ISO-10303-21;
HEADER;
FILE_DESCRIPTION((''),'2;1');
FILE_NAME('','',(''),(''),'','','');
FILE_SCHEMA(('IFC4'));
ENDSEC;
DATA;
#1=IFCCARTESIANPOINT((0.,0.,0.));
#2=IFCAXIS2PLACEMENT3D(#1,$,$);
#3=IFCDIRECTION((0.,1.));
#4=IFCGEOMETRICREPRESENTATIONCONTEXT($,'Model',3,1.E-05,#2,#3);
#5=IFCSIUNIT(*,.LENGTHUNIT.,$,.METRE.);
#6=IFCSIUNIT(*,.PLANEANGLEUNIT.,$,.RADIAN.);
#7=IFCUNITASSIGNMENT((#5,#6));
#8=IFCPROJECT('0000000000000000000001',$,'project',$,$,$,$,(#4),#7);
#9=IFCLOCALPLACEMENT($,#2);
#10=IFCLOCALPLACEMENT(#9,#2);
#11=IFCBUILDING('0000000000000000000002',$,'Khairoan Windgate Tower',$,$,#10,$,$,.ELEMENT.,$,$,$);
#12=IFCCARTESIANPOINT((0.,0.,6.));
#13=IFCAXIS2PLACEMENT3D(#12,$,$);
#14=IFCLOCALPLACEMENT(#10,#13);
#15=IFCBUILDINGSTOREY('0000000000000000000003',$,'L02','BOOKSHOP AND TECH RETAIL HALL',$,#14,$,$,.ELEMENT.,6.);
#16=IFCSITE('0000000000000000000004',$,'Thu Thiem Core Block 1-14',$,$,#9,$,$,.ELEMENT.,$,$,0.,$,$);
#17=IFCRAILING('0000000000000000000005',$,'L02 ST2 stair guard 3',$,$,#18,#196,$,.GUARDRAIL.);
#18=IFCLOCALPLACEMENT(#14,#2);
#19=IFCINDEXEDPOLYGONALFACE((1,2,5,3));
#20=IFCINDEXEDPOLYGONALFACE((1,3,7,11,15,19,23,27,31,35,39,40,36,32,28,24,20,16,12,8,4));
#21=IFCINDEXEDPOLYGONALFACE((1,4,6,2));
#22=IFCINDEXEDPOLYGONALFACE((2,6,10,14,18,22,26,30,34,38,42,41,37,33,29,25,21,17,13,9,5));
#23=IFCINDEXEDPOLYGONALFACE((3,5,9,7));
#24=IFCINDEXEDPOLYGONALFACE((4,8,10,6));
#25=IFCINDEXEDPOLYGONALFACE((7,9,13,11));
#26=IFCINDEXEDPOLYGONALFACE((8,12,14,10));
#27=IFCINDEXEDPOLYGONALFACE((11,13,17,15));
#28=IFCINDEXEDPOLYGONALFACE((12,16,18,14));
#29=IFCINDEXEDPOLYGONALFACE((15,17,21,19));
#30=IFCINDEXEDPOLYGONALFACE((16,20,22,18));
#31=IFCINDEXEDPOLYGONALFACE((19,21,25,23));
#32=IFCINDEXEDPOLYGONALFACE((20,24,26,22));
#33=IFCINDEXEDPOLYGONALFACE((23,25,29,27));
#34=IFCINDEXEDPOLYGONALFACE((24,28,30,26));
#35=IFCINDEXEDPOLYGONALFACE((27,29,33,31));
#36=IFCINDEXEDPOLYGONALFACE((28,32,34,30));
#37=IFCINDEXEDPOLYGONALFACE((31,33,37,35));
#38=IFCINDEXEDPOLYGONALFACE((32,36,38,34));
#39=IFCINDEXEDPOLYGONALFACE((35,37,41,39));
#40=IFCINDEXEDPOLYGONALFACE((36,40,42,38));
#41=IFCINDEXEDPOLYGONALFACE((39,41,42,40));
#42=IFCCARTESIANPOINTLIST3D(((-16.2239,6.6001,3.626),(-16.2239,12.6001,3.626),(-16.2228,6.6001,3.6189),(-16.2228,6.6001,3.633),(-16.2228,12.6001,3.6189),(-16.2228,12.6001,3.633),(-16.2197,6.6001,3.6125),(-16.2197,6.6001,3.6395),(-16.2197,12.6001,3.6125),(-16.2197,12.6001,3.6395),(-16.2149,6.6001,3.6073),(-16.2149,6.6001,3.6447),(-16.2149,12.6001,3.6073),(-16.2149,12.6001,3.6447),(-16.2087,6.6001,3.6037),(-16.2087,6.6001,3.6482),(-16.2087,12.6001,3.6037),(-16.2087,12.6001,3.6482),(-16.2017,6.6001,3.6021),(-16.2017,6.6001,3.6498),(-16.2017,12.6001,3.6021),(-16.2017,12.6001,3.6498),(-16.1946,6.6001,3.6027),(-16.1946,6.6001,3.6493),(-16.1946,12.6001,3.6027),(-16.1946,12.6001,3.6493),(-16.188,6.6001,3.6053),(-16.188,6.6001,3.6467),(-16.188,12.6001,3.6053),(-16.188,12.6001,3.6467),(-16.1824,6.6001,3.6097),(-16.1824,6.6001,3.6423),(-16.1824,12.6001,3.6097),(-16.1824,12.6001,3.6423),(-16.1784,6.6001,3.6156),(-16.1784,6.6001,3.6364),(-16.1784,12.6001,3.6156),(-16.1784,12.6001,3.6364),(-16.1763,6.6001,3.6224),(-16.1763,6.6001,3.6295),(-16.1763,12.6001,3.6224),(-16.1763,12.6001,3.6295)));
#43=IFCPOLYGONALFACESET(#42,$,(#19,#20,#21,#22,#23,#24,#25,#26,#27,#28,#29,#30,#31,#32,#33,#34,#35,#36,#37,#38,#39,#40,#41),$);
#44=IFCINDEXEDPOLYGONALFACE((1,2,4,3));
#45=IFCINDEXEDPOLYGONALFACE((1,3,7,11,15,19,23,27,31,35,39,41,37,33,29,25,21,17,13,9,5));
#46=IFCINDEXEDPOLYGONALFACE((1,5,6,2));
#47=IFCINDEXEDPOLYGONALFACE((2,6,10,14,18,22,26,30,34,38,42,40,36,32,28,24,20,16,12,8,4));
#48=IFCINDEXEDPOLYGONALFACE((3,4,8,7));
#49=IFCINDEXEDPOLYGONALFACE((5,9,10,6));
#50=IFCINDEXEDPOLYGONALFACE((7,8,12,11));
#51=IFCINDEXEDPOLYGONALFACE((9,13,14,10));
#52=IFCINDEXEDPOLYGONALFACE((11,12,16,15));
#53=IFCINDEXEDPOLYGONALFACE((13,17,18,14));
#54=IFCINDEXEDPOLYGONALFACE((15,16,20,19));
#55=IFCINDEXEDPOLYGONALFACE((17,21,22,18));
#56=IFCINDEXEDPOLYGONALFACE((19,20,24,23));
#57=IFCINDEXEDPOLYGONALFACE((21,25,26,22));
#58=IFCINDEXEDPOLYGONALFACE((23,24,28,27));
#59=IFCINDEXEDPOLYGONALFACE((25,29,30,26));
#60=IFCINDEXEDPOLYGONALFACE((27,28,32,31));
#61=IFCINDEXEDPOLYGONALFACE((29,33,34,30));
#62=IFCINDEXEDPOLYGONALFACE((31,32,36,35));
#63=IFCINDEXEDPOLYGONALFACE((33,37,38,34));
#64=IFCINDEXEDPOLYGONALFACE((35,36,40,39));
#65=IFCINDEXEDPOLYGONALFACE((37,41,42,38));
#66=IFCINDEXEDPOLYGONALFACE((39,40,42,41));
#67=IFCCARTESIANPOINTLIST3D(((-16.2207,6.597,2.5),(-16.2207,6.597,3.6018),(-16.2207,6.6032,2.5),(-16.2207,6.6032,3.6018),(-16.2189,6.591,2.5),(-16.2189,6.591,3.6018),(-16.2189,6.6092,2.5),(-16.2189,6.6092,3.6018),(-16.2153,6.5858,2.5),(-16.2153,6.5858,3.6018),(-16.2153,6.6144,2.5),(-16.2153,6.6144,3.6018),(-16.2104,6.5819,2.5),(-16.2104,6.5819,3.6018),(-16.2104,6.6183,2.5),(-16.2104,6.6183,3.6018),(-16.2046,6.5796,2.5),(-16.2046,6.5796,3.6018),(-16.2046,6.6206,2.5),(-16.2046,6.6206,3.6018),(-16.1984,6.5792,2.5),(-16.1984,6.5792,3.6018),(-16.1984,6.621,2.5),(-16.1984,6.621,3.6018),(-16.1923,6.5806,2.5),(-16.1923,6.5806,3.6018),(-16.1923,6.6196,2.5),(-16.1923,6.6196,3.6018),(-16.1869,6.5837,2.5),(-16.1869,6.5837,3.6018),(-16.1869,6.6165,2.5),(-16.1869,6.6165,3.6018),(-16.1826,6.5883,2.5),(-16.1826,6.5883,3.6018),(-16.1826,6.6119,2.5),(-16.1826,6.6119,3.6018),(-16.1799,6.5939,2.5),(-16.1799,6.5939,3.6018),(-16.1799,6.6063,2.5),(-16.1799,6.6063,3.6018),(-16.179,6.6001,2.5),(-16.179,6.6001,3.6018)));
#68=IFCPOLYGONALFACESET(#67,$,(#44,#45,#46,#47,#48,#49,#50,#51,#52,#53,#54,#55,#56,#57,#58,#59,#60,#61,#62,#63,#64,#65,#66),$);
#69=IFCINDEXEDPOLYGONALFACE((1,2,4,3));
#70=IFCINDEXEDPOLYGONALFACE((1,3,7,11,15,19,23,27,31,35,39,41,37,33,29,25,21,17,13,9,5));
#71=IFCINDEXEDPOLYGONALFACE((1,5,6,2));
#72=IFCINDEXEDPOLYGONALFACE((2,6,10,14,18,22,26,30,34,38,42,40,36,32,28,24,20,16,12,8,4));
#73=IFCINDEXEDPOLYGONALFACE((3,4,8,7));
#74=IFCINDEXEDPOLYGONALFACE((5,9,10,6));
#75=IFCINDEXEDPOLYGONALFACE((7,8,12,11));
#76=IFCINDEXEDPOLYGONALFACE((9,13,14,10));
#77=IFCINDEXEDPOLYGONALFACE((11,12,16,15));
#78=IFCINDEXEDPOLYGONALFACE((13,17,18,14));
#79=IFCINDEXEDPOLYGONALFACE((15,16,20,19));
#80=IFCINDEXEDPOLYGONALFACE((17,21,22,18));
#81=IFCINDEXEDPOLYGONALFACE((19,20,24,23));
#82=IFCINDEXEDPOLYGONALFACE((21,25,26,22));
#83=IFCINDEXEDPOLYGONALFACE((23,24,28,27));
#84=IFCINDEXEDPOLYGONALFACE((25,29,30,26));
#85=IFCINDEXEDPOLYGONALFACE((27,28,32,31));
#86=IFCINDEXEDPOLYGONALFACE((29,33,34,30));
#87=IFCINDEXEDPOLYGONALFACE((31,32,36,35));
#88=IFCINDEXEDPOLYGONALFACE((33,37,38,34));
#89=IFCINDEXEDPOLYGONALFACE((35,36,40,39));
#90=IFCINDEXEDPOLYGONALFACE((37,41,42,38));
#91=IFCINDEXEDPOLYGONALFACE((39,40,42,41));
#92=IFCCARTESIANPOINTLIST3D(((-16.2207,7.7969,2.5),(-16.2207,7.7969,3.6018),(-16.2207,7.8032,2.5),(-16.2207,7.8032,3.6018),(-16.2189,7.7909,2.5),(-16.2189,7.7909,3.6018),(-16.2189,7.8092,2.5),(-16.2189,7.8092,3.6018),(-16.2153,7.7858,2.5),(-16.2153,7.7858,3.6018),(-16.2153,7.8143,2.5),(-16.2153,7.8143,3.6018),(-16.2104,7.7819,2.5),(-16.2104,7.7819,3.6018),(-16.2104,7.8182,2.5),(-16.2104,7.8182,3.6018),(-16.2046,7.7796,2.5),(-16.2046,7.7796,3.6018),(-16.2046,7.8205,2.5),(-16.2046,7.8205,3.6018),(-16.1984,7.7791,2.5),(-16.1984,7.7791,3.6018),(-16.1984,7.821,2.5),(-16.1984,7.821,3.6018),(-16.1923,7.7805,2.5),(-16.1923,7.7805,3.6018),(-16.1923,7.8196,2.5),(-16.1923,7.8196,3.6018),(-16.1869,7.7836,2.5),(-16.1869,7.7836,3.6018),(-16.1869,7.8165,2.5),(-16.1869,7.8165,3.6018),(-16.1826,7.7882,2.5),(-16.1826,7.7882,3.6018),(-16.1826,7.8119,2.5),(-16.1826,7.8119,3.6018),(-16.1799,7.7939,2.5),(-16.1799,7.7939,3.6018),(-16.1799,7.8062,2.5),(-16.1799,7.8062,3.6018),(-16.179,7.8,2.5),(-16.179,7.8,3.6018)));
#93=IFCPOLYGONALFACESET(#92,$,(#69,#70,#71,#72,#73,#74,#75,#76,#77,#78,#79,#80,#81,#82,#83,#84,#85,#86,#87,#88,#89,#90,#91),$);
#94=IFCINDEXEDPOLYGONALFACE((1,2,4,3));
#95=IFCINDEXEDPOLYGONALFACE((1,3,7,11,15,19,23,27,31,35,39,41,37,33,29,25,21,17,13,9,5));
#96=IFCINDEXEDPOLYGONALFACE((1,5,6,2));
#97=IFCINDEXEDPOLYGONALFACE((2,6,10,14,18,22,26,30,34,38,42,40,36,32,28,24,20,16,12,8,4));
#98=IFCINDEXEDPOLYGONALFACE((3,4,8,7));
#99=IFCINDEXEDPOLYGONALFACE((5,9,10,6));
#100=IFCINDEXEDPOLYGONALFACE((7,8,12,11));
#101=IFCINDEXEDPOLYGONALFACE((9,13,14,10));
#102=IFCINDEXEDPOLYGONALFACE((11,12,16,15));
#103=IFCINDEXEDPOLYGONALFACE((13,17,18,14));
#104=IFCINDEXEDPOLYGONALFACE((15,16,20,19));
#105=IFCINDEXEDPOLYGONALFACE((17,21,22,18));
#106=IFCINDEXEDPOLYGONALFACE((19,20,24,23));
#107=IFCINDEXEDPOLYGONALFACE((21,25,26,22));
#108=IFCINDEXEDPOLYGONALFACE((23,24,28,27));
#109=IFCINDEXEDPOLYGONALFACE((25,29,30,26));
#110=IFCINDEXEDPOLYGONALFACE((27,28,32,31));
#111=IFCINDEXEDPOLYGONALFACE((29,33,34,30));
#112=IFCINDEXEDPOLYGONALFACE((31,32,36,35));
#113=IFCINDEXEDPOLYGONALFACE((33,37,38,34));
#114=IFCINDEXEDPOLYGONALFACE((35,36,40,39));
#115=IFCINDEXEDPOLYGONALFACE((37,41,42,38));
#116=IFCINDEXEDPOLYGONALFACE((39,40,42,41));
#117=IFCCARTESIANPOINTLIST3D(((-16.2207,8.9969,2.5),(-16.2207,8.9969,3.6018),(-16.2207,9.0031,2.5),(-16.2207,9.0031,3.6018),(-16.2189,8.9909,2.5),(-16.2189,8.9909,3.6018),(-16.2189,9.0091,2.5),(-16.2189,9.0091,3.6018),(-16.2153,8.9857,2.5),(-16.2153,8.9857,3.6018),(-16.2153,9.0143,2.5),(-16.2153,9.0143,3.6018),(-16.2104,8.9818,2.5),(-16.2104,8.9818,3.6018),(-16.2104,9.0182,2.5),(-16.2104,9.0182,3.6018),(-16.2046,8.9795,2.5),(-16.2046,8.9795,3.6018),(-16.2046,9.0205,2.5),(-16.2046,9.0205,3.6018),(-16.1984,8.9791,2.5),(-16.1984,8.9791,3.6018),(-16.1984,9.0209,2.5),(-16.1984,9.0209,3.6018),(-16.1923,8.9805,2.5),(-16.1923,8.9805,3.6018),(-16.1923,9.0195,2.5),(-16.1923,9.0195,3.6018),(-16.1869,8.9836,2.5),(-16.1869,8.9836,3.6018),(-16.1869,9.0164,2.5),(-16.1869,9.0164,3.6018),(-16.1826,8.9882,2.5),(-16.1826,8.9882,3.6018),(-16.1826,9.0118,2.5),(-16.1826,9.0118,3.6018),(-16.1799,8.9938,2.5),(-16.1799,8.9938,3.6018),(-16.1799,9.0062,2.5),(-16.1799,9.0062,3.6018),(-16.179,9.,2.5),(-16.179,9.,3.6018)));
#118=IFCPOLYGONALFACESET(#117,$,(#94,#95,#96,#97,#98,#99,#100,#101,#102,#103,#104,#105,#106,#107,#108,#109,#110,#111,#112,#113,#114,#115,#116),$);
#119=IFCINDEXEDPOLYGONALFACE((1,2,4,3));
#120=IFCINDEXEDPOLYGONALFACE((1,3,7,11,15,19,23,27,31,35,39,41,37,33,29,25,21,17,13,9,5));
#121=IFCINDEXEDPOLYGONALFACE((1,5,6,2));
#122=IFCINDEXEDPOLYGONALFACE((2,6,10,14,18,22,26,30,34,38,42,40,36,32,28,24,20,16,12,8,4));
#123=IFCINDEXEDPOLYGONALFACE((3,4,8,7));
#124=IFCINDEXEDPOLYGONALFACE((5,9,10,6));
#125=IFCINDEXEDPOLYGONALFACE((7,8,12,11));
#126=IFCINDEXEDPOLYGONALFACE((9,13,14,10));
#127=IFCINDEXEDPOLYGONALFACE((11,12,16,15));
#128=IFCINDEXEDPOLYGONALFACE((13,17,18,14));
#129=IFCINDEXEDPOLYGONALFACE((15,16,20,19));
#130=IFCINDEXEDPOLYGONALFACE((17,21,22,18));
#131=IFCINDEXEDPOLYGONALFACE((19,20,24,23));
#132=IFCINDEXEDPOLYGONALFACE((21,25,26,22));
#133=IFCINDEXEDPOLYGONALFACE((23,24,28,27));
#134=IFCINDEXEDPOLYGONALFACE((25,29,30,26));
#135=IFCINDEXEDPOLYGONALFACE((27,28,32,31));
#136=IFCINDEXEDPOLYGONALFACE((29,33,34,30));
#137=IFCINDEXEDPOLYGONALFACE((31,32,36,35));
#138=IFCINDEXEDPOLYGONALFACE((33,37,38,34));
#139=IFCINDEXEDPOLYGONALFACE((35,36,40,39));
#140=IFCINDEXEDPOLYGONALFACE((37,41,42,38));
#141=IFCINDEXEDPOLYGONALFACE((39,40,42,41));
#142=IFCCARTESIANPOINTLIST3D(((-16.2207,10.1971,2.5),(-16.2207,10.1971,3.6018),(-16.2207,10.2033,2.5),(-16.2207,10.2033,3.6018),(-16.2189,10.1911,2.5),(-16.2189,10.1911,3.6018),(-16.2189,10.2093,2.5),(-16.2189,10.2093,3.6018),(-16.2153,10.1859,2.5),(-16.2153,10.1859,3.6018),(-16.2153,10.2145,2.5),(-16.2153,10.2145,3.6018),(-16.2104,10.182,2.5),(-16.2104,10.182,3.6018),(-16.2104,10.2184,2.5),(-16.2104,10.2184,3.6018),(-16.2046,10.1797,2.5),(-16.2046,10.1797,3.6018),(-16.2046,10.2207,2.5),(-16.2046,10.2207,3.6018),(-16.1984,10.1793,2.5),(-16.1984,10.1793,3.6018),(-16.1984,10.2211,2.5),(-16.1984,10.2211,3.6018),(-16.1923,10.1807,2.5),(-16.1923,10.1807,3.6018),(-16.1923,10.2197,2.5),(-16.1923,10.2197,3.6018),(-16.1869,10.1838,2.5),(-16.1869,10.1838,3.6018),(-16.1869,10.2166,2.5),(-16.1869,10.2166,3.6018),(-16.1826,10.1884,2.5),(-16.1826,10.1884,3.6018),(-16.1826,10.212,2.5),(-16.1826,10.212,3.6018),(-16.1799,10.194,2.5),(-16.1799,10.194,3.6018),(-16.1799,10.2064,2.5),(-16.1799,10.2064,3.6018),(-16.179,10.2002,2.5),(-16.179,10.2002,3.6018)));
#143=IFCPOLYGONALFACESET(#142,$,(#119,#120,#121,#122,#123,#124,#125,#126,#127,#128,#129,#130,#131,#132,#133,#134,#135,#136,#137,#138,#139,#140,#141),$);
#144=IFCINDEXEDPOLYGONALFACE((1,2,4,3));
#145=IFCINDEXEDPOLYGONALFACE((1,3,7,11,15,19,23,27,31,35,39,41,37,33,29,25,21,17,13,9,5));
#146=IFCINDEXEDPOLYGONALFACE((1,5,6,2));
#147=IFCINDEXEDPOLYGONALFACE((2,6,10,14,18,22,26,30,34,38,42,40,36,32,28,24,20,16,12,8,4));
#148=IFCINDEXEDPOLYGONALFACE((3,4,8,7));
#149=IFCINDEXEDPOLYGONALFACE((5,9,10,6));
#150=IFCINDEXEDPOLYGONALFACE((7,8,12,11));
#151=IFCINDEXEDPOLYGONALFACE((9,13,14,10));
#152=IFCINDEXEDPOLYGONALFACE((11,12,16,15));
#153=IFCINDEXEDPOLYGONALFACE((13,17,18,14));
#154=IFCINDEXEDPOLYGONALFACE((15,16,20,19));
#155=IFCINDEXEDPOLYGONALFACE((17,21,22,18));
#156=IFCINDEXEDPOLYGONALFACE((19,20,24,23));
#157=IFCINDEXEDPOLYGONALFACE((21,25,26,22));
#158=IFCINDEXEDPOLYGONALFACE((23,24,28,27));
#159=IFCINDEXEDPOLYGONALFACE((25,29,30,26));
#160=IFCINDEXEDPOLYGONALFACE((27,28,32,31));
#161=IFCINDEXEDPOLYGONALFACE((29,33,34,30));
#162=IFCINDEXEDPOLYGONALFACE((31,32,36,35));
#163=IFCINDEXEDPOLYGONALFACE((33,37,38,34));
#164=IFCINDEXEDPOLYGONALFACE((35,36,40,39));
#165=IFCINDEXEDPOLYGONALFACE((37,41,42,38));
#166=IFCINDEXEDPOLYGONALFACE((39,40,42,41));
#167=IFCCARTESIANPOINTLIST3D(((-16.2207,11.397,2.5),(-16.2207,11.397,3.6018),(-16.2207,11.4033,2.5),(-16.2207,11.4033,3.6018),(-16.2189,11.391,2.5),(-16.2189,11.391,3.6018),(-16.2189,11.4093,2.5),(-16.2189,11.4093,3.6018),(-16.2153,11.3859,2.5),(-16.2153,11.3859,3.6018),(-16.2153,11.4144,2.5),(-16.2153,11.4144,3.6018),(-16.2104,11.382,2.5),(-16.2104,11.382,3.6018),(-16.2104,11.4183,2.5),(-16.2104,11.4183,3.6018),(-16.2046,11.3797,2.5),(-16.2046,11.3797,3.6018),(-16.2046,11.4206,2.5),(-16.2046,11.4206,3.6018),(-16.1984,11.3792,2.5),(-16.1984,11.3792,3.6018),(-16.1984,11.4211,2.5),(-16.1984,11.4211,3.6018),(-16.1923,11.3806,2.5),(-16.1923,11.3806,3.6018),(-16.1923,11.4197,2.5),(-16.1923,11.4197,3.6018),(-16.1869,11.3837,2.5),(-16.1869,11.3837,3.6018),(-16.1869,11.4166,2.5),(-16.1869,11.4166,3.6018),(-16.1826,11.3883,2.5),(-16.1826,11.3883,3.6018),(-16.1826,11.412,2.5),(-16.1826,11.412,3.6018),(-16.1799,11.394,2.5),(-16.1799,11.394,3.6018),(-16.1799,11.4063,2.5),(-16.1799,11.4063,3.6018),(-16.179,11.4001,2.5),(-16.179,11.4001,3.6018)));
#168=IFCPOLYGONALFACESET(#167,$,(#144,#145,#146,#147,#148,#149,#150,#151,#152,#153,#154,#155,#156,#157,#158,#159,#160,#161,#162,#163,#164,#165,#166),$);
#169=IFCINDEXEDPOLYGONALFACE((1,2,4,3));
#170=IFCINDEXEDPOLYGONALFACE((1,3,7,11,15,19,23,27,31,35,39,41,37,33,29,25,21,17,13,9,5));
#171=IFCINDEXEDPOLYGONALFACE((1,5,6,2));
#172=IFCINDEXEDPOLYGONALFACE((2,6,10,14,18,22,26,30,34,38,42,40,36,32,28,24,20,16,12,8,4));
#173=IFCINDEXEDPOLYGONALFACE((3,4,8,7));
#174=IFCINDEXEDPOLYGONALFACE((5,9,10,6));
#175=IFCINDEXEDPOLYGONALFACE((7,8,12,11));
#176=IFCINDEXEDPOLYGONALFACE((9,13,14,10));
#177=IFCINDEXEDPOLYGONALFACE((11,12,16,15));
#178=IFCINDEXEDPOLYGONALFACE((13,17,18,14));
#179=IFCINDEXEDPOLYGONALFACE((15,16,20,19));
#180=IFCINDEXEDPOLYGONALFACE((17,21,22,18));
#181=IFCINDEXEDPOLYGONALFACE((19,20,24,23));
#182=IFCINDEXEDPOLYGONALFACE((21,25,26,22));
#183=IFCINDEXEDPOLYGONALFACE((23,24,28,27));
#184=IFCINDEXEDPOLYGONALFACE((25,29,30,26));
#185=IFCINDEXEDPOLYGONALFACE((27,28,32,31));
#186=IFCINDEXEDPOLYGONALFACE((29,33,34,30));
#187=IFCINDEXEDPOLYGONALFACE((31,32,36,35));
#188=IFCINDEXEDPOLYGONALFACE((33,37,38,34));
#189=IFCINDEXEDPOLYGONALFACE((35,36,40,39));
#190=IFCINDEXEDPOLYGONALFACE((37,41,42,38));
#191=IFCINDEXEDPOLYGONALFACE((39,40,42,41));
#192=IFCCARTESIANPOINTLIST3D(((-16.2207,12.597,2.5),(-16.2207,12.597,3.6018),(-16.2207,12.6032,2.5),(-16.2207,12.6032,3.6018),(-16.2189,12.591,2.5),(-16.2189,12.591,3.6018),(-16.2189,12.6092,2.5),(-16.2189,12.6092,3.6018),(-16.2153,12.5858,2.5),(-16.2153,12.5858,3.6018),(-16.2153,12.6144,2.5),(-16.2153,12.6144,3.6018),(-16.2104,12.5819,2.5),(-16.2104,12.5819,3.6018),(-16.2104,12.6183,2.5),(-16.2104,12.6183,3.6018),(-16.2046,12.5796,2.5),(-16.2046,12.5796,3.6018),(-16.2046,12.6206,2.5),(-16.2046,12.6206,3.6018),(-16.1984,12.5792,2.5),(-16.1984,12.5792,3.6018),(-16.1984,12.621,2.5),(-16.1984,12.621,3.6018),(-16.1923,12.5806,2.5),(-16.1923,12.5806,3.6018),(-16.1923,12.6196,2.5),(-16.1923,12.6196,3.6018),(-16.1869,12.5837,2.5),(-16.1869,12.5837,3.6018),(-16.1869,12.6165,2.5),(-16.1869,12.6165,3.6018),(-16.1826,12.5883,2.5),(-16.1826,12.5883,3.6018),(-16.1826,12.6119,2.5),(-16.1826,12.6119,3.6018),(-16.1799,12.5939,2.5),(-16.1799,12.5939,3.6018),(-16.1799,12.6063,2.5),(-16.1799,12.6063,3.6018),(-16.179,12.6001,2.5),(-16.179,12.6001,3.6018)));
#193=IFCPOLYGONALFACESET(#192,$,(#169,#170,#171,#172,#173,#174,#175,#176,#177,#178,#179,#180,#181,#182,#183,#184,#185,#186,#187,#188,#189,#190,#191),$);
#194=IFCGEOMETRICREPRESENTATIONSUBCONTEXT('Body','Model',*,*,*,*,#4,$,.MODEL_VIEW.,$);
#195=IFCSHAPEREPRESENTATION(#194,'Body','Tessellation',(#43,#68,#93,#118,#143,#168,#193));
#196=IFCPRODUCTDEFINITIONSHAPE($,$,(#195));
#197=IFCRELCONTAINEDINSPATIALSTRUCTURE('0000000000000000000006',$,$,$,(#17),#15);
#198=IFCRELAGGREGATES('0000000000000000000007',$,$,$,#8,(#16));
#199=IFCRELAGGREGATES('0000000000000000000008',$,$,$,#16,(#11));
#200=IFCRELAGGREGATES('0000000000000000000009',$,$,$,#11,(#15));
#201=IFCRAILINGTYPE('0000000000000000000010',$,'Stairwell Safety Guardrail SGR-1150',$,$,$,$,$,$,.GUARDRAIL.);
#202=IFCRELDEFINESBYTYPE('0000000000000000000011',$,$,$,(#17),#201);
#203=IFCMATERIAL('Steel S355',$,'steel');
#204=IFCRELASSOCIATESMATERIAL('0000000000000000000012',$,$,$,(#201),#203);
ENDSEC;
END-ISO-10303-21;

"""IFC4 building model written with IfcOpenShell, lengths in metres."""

from ifc_helpers import new_model, si_unit, direction, frame, origin, origin_2d, place, context, subcontext, project, spatial, circle, extrude, material, type_object, element, save


model = new_model("IFC4")

# Units and contexts
model_context = context("Model", 3, precision=1e-05, world=origin(), true_north=direction((0.0, 1.0)))
body_context = subcontext(model_context, "Body", "Model", "MODEL_VIEW")
ifc_project = project(units=[si_unit("LENGTHUNIT", "METRE"), si_unit("PLANEANGLEUNIT", "RADIAN")], contexts=[model_context])

# Site, building, storey
site_placement = place(None, origin())
site = spatial("IfcSite", under=ifc_project, at=site_placement, Name="Thu Thiem Core Block 1-14", CompositionType="ELEMENT", RefElevation=0.0)
building_placement = place(site_placement, origin())
building = spatial("IfcBuilding", under=site, at=building_placement, Name="Khairoan Windgate Tower", CompositionType="ELEMENT")
storey_placement = place(building_placement, frame((0.0, 0.0, 6.0)))
storey = spatial("IfcBuildingStorey", under=building, at=storey_placement, Name="L02", Description="BOOKSHOP AND TECH RETAIL HALL", CompositionType="ELEMENT", Elevation=6.0)

# Railing
ifc_material_1 = material(Name="Steel S355", Category="steel")
railing_type_1 = type_object("IfcRailingType", Name="Stairwell Safety Guardrail SGR-1150", PredefinedType="GUARDRAIL", material=ifc_material_1)
for number, where, name in (
    (1, (-16.2, 6.6001, 2.5), "L02 ST2 stair guard 3"),
):
    element("IfcRailing", number, at=place(storey_placement, frame(where)), inside=storey, type_object=railing_type_1, Name=name, PredefinedType="GUARDRAIL", context=body_context, shape_type="SweptSolid", body=[
        extrude(circle(Radius=0.0239, at=origin_2d()), frame((0.0, 0.0, 1.126), z_axis=(0.0, 1.0, 0.0), x_axis=(-1.0, 0.0, 0.0)), (0.0, 0.0, 1.0), 6.0),
        extrude(circle(Radius=0.021, at=origin_2d()), origin(), (0.0, 0.0, 1.0), 1.1018),
        extrude(circle(Radius=0.021, at=origin_2d()), frame((0.0, 1.2, 0.0)), (0.0, 0.0, 1.0), 1.1018),
        extrude(circle(Radius=0.021, at=origin_2d()), frame((0.0, 2.3999, 0.0)), (0.0, 0.0, 1.0), 1.1018),
        extrude(circle(Radius=0.021, at=origin_2d()), frame((0.0, 3.6001, 0.0)), (0.0, 0.0, 1.0), 1.1018),
        extrude(circle(Radius=0.021, at=origin_2d()), frame((0.0, 4.8, 0.0)), (0.0, 0.0, 1.0), 1.1018),
        extrude(circle(Radius=0.021, at=origin_2d()), frame((0.0, 6.0, 0.0)), (0.0, 0.0, 1.0), 1.1018),
    ])

save(model, "model.ifc")
